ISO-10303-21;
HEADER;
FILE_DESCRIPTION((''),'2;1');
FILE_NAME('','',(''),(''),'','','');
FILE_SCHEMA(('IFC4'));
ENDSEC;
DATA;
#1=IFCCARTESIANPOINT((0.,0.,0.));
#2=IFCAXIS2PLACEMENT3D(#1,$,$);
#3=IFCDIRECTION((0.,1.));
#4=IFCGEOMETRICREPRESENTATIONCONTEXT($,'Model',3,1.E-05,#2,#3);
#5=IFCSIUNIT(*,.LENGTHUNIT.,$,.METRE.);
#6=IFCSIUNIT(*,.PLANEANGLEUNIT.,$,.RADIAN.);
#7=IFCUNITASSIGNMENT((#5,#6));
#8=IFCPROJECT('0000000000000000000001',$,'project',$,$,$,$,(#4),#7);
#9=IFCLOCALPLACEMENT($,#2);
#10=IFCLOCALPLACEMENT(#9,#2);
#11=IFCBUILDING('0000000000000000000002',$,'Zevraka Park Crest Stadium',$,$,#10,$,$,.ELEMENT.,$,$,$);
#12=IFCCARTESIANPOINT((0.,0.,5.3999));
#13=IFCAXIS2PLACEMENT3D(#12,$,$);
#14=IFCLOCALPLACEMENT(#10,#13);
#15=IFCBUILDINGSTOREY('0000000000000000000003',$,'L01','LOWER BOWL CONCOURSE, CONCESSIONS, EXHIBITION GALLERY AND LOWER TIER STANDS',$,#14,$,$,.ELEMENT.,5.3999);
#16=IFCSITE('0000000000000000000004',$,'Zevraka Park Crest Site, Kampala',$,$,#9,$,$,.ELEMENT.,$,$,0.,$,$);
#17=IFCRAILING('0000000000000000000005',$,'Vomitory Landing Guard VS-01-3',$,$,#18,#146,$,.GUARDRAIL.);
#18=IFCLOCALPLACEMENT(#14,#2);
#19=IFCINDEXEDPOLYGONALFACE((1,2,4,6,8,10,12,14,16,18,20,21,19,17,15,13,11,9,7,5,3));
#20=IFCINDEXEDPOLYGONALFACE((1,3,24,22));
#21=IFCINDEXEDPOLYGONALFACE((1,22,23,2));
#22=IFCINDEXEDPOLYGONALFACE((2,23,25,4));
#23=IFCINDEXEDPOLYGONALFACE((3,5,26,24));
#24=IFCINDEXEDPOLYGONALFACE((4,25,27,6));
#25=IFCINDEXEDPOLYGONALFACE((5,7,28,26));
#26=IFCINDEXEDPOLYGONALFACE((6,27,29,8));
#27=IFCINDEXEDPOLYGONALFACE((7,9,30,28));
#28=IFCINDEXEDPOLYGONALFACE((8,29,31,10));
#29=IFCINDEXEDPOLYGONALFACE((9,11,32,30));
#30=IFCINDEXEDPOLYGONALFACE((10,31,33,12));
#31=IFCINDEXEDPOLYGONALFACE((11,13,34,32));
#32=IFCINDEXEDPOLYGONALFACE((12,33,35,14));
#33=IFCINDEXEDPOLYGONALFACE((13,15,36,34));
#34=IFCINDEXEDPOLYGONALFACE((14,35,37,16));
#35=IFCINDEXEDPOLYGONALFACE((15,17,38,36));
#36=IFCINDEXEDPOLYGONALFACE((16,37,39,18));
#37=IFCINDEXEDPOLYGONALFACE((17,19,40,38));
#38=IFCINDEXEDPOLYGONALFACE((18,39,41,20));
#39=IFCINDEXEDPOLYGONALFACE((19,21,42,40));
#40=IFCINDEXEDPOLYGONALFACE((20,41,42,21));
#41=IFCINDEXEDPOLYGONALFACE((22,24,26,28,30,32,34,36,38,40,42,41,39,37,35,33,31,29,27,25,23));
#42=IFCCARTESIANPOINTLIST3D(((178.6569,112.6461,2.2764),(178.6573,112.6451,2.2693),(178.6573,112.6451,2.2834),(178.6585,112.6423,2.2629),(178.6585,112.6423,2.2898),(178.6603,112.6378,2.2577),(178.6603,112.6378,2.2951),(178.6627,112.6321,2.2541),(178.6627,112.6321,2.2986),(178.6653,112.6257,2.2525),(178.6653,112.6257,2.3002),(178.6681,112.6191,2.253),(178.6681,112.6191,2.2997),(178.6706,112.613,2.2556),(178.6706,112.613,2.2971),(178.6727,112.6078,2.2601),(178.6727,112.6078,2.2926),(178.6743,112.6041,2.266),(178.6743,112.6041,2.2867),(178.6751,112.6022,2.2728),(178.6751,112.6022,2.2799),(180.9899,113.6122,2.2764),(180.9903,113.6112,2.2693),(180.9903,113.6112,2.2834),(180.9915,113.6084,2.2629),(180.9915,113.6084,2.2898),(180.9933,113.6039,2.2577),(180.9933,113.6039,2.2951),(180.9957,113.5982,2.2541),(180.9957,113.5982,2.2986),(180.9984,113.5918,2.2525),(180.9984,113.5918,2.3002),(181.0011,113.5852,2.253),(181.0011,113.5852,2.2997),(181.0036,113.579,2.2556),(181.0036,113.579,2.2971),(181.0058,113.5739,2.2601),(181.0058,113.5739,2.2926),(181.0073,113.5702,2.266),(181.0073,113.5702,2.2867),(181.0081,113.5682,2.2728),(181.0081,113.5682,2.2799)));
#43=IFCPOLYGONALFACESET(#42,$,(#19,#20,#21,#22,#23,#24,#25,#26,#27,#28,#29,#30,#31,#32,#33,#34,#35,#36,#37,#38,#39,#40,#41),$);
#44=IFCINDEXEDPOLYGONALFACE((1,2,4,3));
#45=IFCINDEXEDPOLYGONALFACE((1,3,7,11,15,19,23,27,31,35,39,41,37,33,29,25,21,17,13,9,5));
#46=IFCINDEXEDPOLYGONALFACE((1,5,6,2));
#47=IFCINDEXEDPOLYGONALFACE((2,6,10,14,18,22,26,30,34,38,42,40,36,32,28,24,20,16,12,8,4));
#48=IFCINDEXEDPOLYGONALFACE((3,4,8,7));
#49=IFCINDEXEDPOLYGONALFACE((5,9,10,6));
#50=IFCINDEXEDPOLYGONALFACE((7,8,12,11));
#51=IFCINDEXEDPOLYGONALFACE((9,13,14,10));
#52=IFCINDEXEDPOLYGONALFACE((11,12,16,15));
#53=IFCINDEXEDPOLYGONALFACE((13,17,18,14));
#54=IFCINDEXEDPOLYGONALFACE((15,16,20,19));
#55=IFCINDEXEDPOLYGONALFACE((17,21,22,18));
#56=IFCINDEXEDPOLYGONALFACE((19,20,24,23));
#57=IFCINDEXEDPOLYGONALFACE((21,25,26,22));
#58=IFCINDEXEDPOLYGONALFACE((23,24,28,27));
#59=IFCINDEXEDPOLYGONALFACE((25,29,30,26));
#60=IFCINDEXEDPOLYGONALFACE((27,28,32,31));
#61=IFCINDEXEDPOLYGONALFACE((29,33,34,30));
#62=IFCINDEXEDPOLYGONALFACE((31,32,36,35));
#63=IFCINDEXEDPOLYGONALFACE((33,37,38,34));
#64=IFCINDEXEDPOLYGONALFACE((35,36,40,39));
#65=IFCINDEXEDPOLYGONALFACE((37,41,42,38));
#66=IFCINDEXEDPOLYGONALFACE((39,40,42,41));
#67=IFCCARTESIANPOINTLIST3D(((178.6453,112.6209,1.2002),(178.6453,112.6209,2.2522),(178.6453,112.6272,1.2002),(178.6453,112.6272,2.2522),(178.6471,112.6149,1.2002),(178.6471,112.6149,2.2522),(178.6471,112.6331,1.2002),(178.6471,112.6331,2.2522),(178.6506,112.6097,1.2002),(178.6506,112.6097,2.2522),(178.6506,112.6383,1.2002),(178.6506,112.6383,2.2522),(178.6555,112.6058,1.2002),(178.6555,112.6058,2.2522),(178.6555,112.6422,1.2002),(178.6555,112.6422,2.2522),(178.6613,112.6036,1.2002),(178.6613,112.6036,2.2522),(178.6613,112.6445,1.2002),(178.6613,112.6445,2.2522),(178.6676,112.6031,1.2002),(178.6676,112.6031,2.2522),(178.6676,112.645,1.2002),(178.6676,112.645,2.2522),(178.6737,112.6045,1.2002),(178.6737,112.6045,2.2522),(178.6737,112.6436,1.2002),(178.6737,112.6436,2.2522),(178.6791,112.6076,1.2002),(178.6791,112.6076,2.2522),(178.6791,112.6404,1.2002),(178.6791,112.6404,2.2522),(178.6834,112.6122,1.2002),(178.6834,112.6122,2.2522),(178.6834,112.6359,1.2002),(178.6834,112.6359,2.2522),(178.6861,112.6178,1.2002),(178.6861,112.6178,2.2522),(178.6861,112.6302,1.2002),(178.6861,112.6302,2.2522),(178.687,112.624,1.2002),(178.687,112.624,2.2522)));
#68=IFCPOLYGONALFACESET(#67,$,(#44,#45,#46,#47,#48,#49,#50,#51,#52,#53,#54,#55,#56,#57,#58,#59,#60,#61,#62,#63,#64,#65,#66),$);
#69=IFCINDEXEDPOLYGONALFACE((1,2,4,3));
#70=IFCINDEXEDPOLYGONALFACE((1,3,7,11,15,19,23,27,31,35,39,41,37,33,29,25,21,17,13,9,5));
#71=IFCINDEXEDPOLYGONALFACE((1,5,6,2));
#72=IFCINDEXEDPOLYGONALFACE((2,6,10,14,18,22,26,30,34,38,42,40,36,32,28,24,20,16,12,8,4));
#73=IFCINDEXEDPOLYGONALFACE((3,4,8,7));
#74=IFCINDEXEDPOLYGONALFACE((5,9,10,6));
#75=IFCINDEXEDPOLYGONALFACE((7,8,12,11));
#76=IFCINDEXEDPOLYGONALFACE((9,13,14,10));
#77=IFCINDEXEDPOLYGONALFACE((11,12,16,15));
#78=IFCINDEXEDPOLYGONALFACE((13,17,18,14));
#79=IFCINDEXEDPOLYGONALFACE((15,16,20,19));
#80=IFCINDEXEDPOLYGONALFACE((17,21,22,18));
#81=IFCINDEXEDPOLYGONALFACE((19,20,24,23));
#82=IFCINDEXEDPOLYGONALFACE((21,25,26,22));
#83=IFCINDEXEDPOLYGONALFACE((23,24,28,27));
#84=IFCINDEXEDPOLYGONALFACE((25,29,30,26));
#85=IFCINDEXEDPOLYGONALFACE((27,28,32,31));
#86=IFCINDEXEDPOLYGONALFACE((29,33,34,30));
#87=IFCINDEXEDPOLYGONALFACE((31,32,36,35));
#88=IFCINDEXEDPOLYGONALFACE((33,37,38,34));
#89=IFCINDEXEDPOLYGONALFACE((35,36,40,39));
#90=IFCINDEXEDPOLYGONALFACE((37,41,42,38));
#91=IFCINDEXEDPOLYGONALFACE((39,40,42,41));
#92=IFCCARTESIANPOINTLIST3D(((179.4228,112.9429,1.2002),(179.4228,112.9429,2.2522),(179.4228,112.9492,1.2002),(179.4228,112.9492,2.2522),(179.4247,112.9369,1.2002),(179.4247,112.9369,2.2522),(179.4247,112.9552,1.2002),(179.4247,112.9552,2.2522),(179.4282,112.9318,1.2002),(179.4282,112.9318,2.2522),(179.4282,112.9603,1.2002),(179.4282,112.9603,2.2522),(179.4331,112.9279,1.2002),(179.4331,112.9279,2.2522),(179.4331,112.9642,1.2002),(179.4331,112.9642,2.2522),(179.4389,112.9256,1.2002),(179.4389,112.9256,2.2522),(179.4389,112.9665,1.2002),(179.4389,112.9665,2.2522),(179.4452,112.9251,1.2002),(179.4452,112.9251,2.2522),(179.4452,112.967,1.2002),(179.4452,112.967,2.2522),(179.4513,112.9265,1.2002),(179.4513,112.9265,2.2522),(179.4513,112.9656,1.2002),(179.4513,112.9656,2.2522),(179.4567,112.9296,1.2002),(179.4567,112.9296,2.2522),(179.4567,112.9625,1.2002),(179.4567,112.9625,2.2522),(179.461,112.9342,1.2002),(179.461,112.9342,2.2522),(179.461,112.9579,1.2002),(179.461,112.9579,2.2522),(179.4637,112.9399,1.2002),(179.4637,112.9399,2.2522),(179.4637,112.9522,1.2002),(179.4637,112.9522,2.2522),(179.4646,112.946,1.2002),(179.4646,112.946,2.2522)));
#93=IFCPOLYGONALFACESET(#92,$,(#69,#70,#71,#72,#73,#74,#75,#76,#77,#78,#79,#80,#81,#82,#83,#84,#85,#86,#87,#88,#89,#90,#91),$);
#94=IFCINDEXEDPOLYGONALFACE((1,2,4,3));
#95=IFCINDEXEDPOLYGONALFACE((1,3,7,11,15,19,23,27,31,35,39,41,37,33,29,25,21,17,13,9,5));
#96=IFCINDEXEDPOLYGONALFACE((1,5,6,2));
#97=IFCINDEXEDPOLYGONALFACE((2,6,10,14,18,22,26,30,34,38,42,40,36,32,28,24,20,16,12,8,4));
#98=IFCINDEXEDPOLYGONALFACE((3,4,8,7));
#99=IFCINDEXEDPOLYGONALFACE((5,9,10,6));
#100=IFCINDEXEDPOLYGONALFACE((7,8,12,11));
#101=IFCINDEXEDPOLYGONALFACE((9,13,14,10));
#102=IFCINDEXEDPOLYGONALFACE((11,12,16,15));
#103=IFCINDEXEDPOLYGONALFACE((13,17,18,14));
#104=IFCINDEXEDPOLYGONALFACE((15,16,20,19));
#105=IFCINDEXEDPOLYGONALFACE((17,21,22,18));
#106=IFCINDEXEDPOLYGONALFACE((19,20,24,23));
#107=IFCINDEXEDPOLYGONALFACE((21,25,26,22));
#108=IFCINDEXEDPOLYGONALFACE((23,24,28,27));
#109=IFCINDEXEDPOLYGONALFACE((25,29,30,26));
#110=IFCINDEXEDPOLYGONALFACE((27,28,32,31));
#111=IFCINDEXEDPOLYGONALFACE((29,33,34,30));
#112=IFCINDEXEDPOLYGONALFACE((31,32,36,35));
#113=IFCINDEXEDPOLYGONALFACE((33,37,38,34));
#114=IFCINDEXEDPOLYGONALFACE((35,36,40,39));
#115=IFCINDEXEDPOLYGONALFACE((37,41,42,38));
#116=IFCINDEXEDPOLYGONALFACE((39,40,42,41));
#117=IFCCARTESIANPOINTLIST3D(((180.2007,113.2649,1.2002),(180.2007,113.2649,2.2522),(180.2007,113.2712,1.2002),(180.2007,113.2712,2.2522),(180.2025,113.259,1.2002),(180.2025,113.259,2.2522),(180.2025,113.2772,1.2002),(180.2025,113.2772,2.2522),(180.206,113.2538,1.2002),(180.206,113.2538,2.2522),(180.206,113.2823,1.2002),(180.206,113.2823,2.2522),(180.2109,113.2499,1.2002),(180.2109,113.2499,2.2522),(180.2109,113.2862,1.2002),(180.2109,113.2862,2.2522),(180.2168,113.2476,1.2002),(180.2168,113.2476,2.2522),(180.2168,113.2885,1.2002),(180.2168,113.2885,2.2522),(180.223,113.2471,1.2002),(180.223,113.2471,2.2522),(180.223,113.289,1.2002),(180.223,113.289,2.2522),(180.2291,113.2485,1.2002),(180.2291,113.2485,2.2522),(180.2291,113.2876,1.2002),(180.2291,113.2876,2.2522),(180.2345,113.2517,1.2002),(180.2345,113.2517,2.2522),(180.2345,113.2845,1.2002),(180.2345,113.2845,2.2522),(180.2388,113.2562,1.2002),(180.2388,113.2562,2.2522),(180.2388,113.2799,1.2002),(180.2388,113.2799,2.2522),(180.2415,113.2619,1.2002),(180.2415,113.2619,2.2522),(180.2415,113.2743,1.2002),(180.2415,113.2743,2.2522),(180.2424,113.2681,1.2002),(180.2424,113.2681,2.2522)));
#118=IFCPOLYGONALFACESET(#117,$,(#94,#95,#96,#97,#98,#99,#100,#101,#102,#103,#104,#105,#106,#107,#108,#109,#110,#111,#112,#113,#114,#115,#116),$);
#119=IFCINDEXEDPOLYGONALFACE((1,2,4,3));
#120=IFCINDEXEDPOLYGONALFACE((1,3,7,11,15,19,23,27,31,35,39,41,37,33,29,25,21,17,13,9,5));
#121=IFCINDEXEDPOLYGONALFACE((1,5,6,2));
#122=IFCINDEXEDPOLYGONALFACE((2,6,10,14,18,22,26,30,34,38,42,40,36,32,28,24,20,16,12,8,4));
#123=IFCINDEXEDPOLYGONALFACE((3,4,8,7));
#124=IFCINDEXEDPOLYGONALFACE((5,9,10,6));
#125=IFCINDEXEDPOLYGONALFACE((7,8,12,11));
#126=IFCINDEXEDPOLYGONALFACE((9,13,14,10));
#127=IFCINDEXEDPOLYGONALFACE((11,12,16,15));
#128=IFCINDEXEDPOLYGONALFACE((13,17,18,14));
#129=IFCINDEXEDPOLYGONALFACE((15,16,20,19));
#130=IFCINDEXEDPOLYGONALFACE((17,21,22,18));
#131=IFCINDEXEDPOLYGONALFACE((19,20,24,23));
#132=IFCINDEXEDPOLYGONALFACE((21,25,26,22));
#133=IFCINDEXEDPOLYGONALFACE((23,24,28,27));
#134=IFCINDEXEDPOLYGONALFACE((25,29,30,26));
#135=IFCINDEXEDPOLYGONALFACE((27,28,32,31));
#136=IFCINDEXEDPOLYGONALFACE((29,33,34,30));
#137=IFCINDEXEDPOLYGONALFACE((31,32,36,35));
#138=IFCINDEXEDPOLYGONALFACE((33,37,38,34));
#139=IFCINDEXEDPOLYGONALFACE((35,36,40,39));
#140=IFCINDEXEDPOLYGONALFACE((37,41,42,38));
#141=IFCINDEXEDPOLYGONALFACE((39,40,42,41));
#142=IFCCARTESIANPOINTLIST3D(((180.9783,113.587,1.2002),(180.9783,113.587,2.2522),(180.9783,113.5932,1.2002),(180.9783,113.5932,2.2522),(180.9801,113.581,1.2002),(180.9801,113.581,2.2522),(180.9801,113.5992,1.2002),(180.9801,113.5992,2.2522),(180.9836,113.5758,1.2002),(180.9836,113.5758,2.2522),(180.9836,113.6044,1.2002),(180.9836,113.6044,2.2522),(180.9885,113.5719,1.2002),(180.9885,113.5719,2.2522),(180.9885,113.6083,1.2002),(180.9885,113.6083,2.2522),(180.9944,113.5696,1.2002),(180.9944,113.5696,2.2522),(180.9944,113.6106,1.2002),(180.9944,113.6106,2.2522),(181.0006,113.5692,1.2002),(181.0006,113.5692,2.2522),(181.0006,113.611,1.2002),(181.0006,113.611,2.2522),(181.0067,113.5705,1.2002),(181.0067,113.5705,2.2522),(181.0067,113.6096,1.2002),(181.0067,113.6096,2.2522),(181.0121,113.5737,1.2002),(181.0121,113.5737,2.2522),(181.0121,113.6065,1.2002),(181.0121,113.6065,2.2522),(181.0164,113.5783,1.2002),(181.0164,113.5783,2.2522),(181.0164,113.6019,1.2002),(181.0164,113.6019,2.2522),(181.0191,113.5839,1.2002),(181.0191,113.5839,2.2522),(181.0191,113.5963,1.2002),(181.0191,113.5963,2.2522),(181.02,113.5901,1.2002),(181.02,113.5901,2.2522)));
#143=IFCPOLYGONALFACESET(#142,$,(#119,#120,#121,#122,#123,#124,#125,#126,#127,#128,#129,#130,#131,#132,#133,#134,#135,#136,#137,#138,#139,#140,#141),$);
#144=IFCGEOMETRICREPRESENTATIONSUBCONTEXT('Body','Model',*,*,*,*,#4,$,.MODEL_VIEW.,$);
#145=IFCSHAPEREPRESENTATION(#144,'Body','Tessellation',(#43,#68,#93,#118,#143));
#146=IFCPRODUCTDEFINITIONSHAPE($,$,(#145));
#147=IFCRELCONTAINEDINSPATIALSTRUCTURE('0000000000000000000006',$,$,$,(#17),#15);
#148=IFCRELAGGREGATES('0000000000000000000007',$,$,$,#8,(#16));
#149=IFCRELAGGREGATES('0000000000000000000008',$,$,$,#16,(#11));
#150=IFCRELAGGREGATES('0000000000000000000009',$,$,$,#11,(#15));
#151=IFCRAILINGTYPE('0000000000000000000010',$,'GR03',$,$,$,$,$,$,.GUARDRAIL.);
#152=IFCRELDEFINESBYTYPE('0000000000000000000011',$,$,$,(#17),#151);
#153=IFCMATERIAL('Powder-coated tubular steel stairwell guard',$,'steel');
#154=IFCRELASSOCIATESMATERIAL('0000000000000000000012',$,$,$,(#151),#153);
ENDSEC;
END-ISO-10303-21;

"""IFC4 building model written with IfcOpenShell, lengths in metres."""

from ifc_helpers import new_model, si_unit, direction, frame, origin, origin_2d, place, context, subcontext, project, spatial, circle, extrude, material, type_object, element, save


model = new_model("IFC4")

# Units and contexts
model_context = context("Model", 3, precision=1e-05, world=origin(), true_north=direction((0.0, 1.0)))
body_context = subcontext(model_context, "Body", "Model", "MODEL_VIEW")
ifc_project = project(units=[si_unit("LENGTHUNIT", "METRE"), si_unit("PLANEANGLEUNIT", "RADIAN")], contexts=[model_context])

# Site, building, storey
site_placement = place(None, origin())
site = spatial("IfcSite", under=ifc_project, at=site_placement, Name="Zevraka Park Crest Site, Kampala", CompositionType="ELEMENT", RefElevation=0.0)
building_placement = place(site_placement, origin())
building = spatial("IfcBuilding", under=site, at=building_placement, Name="Zevraka Park Crest Stadium", CompositionType="ELEMENT")
storey_placement = place(building_placement, frame((0.0, 0.0, 5.3999)))
storey = spatial("IfcBuildingStorey", under=building, at=storey_placement, Name="L01", Description="LOWER BOWL CONCOURSE, CONCESSIONS, EXHIBITION GALLERY AND LOWER TIER STANDS", CompositionType="ELEMENT", Elevation=5.3999)

# Railing
ifc_material_1 = material(Name="Powder-coated tubular steel stairwell guard", Category="steel")
railing_type_1 = type_object("IfcRailingType", Name="GR03", PredefinedType="GUARDRAIL", material=ifc_material_1)
railing_1_placement = place(storey_placement, frame((178.666, 112.624, 1.2002)))
element("IfcRailing", 1, at=railing_1_placement, inside=storey, type_object=railing_type_1, Name="Vomitory Landing Guard VS-01-3", PredefinedType="GUARDRAIL", context=body_context, shape_type="SweptSolid", body=[
    extrude(circle(Radius=0.0239, at=origin_2d()), frame((0.0, 0.0, 1.0762), z_axis=(0.923921, 0.382582, 0.0), x_axis=(-0.382582, 0.923921, 0.0)), (0.0, 0.0, 1.0), 2.5251),
    extrude(circle(Radius=0.021, at=origin_2d()), origin(), (0.0, 0.0, 1.0), 1.052),
    extrude(circle(Radius=0.021, at=origin_2d()), frame((0.7776, 0.322, 0.0)), (0.0, 0.0, 1.0), 1.052),
    extrude(circle(Radius=0.021, at=origin_2d()), frame((1.5554, 0.644, 0.0)), (0.0, 0.0, 1.0), 1.052),
    extrude(circle(Radius=0.021, at=origin_2d()), frame((2.333, 0.9661, 0.0)), (0.0, 0.0, 1.0), 1.052),
])

save(model, "model.ifc")
